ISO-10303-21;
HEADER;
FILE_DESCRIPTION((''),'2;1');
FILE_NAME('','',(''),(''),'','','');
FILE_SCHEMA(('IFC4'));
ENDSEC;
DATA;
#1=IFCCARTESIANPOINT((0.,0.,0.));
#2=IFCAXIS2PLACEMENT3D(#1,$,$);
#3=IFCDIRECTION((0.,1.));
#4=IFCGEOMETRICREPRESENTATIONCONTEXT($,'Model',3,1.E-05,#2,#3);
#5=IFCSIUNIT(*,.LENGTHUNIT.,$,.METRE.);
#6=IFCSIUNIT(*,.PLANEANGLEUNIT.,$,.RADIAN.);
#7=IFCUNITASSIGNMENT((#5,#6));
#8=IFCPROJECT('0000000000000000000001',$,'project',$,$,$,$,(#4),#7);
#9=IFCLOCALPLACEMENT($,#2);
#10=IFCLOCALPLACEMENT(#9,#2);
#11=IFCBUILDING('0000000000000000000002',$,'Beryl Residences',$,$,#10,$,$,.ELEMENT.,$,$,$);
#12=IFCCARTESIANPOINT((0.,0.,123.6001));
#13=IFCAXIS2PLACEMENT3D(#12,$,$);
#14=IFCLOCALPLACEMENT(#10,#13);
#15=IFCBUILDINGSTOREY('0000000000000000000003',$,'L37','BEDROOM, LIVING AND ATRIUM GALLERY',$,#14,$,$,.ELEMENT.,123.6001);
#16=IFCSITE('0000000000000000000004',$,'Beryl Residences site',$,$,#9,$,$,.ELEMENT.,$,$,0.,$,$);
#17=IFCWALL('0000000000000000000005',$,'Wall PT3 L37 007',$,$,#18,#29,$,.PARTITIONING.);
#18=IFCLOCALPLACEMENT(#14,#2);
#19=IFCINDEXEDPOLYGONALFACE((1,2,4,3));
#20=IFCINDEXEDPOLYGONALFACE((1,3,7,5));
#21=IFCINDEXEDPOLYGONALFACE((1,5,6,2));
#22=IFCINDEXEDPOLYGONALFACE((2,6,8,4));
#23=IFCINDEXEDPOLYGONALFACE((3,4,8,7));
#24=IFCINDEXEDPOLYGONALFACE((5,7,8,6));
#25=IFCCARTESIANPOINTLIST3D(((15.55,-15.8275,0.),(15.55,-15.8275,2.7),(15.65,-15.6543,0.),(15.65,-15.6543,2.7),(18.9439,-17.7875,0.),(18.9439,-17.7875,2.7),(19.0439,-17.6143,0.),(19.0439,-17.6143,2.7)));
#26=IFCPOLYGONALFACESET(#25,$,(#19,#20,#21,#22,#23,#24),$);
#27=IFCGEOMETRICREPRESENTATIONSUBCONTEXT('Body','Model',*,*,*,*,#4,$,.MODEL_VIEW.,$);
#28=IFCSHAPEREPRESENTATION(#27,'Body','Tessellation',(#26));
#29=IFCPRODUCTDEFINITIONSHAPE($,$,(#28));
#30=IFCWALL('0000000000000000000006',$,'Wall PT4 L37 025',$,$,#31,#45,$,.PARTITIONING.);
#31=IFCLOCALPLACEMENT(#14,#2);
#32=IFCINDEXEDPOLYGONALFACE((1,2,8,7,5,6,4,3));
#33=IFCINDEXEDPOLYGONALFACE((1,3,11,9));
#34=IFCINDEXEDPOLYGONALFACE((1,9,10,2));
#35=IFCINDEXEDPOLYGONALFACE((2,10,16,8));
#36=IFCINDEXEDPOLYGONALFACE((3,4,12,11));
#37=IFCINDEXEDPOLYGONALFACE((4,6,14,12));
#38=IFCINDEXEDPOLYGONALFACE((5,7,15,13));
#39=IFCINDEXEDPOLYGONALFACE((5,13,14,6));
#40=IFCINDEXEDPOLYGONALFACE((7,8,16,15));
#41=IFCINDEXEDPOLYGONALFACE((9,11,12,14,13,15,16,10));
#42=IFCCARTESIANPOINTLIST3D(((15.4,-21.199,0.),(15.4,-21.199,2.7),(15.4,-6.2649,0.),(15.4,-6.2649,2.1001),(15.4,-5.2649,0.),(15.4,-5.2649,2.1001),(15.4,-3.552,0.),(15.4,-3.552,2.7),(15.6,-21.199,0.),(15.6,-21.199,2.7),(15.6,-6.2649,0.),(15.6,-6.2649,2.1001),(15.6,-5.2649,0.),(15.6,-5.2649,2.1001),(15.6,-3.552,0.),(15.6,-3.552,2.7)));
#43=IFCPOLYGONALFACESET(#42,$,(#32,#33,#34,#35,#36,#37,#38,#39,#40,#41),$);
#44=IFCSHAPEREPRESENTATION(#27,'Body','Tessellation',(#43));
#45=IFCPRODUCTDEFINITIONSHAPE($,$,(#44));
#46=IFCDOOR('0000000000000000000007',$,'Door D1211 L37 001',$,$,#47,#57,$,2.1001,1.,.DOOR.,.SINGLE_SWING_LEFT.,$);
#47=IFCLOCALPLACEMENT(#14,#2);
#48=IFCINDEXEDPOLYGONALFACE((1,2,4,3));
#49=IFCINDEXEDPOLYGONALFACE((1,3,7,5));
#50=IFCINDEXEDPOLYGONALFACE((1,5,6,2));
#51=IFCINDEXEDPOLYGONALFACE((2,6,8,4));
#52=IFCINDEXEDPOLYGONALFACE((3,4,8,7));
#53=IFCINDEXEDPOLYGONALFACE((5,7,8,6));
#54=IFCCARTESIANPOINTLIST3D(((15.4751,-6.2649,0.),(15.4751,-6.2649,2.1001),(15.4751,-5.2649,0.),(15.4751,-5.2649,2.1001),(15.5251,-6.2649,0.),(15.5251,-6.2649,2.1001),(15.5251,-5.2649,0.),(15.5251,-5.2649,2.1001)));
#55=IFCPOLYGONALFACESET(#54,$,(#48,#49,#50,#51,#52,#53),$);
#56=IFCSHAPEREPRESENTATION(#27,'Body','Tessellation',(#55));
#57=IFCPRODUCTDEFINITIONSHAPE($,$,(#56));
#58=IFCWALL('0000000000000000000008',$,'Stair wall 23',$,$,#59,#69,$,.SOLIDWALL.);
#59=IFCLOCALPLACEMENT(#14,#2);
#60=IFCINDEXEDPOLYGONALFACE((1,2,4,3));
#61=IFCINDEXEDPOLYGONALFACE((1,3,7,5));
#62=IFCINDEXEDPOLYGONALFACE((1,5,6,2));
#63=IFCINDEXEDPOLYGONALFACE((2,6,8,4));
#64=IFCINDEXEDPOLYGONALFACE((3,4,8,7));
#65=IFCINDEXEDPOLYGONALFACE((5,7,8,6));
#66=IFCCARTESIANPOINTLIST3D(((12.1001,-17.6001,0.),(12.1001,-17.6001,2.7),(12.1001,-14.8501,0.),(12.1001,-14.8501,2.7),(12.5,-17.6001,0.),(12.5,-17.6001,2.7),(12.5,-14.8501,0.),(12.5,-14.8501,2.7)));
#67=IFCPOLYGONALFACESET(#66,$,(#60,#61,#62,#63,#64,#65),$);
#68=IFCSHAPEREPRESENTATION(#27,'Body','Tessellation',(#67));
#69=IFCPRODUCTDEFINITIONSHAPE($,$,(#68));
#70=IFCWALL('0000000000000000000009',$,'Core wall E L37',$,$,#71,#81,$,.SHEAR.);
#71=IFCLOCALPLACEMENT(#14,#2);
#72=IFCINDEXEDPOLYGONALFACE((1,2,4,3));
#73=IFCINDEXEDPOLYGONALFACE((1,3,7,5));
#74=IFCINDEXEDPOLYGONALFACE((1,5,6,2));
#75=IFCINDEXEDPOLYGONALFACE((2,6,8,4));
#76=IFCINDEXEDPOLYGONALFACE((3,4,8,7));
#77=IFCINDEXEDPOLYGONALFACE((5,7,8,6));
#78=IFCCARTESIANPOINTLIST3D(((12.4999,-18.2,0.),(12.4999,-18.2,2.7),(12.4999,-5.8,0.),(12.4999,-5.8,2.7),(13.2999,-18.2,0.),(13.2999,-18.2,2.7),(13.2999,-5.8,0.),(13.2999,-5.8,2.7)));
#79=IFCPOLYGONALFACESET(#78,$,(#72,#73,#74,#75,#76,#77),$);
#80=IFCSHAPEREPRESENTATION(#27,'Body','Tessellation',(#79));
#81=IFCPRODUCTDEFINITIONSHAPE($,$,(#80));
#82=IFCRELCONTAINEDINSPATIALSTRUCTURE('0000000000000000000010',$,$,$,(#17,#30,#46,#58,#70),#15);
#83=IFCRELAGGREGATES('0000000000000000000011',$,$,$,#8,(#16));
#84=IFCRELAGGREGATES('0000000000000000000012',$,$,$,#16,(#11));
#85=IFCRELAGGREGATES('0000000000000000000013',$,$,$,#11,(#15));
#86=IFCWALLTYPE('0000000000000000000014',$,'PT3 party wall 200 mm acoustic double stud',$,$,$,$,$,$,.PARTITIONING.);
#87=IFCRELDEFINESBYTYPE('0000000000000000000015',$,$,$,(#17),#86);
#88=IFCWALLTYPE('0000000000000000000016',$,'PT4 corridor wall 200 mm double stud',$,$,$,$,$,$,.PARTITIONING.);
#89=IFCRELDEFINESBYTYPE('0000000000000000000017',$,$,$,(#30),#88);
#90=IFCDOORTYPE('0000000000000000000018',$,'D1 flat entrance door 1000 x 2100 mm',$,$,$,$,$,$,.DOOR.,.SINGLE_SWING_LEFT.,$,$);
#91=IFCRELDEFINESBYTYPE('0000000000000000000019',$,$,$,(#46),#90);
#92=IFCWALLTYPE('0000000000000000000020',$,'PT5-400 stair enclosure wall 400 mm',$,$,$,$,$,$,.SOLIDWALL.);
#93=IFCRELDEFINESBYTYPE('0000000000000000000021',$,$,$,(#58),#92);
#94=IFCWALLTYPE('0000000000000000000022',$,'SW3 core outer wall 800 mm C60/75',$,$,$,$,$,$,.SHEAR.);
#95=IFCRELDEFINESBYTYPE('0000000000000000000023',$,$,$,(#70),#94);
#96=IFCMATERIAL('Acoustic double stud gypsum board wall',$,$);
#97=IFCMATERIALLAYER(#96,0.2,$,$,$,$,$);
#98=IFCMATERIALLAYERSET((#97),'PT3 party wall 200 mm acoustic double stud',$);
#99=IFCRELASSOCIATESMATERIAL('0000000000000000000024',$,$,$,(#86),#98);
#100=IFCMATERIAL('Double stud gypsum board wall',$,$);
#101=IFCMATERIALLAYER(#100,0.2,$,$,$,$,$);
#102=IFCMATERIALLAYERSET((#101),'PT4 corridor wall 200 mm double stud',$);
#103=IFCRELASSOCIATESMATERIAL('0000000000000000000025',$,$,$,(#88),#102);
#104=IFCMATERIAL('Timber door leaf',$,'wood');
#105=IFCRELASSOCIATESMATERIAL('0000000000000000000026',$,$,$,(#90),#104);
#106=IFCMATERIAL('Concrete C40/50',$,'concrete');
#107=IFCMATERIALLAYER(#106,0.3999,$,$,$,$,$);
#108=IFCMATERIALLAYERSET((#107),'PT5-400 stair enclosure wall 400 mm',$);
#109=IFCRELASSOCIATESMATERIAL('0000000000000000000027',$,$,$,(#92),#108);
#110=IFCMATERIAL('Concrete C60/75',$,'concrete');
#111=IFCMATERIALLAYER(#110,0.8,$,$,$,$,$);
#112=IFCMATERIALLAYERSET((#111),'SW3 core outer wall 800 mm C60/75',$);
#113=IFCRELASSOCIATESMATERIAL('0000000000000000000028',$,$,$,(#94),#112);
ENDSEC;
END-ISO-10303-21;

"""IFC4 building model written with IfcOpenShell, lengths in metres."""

from ifc_helpers import new_model, si_unit, direction, frame, frame_2d, origin, place, context, subcontext, project, spatial, rectangle, extrude, material, layer, layer_set, type_object, element, fill, save


model = new_model("IFC4")

# Units and contexts
model_context = context("Model", 3, precision=1e-05, world=origin(), true_north=direction((0.0, 1.0)))
body_context = subcontext(model_context, "Body", "Model", "MODEL_VIEW")
ifc_project = project(units=[si_unit("LENGTHUNIT", "METRE"), si_unit("PLANEANGLEUNIT", "RADIAN")], contexts=[model_context])

# Site, building, storey
site_placement = place(None, origin())
site = spatial("IfcSite", under=ifc_project, at=site_placement, Name="Beryl Residences site", CompositionType="ELEMENT", RefElevation=0.0)
building_placement = place(site_placement, origin())
building = spatial("IfcBuilding", under=site, at=building_placement, Name="Beryl Residences", CompositionType="ELEMENT")
storey_placement = place(building_placement, frame((0.0, 0.0, 123.6001)))
storey = spatial("IfcBuildingStorey", under=building, at=storey_placement, Name="L37", Description="BEDROOM, LIVING AND ATRIUM GALLERY", CompositionType="ELEMENT", Elevation=123.6001)

# Wall
ifc_material_1 = material(Name="Acoustic double stud gypsum board wall")
ifc_layer_1 = layer(ifc_material_1, 0.2)
ifc_layer_set_1 = layer_set([ifc_layer_1], Name="PT3 party wall 200 mm acoustic double stud")
wall_type_1 = type_object("IfcWallType", Name="PT3 party wall 200 mm acoustic double stud", PredefinedType="PARTITIONING", material=ifc_layer_set_1)
wall_1_placement = place(storey_placement, frame((15.6001, -15.741, 0.0), z_axis=(0.0, 0.0, 1.0), x_axis=(0.865965, -0.500105, 0.0)))
element("IfcWall", 1, at=wall_1_placement, inside=storey, type_object=wall_type_1, Name="Wall PT3 L37 007", PredefinedType="PARTITIONING", context=body_context, shape_type="SweptSolid", body=[
    extrude(rectangle(XDim=3.9192, YDim=0.2, at=frame_2d((1.9595, 0.0))), origin(), (0.0, 0.0, 1.0), 2.7),
])

# Wall, opening, door
ifc_material_2 = material(Name="Double stud gypsum board wall")
ifc_layer_2 = layer(ifc_material_2, 0.2)
ifc_layer_set_2 = layer_set([ifc_layer_2], Name="PT4 corridor wall 200 mm double stud")
wall_type_2 = type_object("IfcWallType", Name="PT4 corridor wall 200 mm double stud", PredefinedType="PARTITIONING", material=ifc_layer_set_2)
wall_2_placement = place(storey_placement, frame((15.5, -21.199, 0.0), z_axis=(0.0, 0.0, 1.0), x_axis=(0.0, 1.0, 0.0)))
wall_2 = element("IfcWall", 2, at=wall_2_placement, inside=storey, type_object=wall_type_2, Name="Wall PT4 L37 025", PredefinedType="PARTITIONING", context=body_context, shape_type="SweptSolid", body=[
    extrude(rectangle(XDim=17.647, YDim=0.2, at=frame_2d((8.8235, 0.0))), origin(), (0.0, 0.0, 1.0), 2.7),
])
opening_1_placement = place(wall_2_placement, frame((14.9341, 0.0, 0.0)))
opening_1 = element("IfcOpeningElement", 3, at=opening_1_placement, cuts=wall_2, PredefinedType="OPENING", context=body_context, shape_type="SweptSolid", body=[
    extrude(rectangle(XDim=1.0, YDim=2.1001, at=frame_2d((0.5, 1.05))), frame((0.0, 0.1099, 0.0), z_axis=(0.0, -1.0, 0.0), x_axis=(1.0, 0.0, 0.0)), (0.0, 0.0, 1.0), 0.22),
])
ifc_material_3 = material(Name="Timber door leaf", Category="wood")
door_type_1 = type_object("IfcDoorType", Name="D1 flat entrance door 1000 x 2100 mm", OperationType="SINGLE_SWING_LEFT", PredefinedType="DOOR", material=ifc_material_3)
door_1_placement = place(opening_1_placement, origin())
door_1 = element("IfcDoor", 4, at=door_1_placement, inside=storey, type_object=door_type_1, Name="Door D1211 L37 001", OperationType="SINGLE_SWING_LEFT", OverallHeight=2.1001, OverallWidth=1.0, PredefinedType="DOOR", context=body_context, shape_type="SweptSolid", body=[
    extrude(rectangle(XDim=1.0, YDim=2.1001, at=frame_2d((0.5, 1.05))), frame((0.0, 0.0249, 0.0), z_axis=(0.0, -1.0, 0.0), x_axis=(1.0, 0.0, 0.0)), (0.0, 0.0, 1.0), 0.05),
])
fill(opening_1, door_1)

# Walls
ifc_material_4 = material(Name="Concrete C40/50", Category="concrete")
ifc_layer_3 = layer(ifc_material_4, 0.3999)
ifc_layer_set_3 = layer_set([ifc_layer_3], Name="PT5-400 stair enclosure wall 400 mm")
wall_type_3 = type_object("IfcWallType", Name="PT5-400 stair enclosure wall 400 mm", PredefinedType="SOLIDWALL", material=ifc_layer_set_3)
wall_3_placement = place(storey_placement, frame((12.3, -17.6001, 0.0), z_axis=(0.0, 0.0, 1.0), x_axis=(0.0, 1.0, 0.0)))
element("IfcWall", 5, at=wall_3_placement, inside=storey, type_object=wall_type_3, Name="Stair wall 23", PredefinedType="SOLIDWALL", context=body_context, shape_type="SweptSolid", body=[
    extrude(rectangle(XDim=2.75, YDim=0.3999, at=frame_2d((1.375, 0.0))), origin(), (0.0, 0.0, 1.0), 2.7),
])
ifc_material_5 = material(Name="Concrete C60/75", Category="concrete")
ifc_layer_4 = layer(ifc_material_5, 0.8)
ifc_layer_set_4 = layer_set([ifc_layer_4], Name="SW3 core outer wall 800 mm C60/75")
wall_type_4 = type_object("IfcWallType", Name="SW3 core outer wall 800 mm C60/75", PredefinedType="SHEAR", material=ifc_layer_set_4)
wall_4_placement = place(storey_placement, frame((12.8999, -18.2, 0.0), z_axis=(0.0, 0.0, 1.0), x_axis=(0.0, 1.0, 0.0)))
element("IfcWall", 6, at=wall_4_placement, inside=storey, type_object=wall_type_4, Name="Core wall E L37", PredefinedType="SHEAR", context=body_context, shape_type="SweptSolid", body=[
    extrude(rectangle(XDim=12.3999, YDim=0.8, at=frame_2d((6.2, 0.0))), origin(), (0.0, 0.0, 1.0), 2.7),
])

save(model, "model.ifc")
